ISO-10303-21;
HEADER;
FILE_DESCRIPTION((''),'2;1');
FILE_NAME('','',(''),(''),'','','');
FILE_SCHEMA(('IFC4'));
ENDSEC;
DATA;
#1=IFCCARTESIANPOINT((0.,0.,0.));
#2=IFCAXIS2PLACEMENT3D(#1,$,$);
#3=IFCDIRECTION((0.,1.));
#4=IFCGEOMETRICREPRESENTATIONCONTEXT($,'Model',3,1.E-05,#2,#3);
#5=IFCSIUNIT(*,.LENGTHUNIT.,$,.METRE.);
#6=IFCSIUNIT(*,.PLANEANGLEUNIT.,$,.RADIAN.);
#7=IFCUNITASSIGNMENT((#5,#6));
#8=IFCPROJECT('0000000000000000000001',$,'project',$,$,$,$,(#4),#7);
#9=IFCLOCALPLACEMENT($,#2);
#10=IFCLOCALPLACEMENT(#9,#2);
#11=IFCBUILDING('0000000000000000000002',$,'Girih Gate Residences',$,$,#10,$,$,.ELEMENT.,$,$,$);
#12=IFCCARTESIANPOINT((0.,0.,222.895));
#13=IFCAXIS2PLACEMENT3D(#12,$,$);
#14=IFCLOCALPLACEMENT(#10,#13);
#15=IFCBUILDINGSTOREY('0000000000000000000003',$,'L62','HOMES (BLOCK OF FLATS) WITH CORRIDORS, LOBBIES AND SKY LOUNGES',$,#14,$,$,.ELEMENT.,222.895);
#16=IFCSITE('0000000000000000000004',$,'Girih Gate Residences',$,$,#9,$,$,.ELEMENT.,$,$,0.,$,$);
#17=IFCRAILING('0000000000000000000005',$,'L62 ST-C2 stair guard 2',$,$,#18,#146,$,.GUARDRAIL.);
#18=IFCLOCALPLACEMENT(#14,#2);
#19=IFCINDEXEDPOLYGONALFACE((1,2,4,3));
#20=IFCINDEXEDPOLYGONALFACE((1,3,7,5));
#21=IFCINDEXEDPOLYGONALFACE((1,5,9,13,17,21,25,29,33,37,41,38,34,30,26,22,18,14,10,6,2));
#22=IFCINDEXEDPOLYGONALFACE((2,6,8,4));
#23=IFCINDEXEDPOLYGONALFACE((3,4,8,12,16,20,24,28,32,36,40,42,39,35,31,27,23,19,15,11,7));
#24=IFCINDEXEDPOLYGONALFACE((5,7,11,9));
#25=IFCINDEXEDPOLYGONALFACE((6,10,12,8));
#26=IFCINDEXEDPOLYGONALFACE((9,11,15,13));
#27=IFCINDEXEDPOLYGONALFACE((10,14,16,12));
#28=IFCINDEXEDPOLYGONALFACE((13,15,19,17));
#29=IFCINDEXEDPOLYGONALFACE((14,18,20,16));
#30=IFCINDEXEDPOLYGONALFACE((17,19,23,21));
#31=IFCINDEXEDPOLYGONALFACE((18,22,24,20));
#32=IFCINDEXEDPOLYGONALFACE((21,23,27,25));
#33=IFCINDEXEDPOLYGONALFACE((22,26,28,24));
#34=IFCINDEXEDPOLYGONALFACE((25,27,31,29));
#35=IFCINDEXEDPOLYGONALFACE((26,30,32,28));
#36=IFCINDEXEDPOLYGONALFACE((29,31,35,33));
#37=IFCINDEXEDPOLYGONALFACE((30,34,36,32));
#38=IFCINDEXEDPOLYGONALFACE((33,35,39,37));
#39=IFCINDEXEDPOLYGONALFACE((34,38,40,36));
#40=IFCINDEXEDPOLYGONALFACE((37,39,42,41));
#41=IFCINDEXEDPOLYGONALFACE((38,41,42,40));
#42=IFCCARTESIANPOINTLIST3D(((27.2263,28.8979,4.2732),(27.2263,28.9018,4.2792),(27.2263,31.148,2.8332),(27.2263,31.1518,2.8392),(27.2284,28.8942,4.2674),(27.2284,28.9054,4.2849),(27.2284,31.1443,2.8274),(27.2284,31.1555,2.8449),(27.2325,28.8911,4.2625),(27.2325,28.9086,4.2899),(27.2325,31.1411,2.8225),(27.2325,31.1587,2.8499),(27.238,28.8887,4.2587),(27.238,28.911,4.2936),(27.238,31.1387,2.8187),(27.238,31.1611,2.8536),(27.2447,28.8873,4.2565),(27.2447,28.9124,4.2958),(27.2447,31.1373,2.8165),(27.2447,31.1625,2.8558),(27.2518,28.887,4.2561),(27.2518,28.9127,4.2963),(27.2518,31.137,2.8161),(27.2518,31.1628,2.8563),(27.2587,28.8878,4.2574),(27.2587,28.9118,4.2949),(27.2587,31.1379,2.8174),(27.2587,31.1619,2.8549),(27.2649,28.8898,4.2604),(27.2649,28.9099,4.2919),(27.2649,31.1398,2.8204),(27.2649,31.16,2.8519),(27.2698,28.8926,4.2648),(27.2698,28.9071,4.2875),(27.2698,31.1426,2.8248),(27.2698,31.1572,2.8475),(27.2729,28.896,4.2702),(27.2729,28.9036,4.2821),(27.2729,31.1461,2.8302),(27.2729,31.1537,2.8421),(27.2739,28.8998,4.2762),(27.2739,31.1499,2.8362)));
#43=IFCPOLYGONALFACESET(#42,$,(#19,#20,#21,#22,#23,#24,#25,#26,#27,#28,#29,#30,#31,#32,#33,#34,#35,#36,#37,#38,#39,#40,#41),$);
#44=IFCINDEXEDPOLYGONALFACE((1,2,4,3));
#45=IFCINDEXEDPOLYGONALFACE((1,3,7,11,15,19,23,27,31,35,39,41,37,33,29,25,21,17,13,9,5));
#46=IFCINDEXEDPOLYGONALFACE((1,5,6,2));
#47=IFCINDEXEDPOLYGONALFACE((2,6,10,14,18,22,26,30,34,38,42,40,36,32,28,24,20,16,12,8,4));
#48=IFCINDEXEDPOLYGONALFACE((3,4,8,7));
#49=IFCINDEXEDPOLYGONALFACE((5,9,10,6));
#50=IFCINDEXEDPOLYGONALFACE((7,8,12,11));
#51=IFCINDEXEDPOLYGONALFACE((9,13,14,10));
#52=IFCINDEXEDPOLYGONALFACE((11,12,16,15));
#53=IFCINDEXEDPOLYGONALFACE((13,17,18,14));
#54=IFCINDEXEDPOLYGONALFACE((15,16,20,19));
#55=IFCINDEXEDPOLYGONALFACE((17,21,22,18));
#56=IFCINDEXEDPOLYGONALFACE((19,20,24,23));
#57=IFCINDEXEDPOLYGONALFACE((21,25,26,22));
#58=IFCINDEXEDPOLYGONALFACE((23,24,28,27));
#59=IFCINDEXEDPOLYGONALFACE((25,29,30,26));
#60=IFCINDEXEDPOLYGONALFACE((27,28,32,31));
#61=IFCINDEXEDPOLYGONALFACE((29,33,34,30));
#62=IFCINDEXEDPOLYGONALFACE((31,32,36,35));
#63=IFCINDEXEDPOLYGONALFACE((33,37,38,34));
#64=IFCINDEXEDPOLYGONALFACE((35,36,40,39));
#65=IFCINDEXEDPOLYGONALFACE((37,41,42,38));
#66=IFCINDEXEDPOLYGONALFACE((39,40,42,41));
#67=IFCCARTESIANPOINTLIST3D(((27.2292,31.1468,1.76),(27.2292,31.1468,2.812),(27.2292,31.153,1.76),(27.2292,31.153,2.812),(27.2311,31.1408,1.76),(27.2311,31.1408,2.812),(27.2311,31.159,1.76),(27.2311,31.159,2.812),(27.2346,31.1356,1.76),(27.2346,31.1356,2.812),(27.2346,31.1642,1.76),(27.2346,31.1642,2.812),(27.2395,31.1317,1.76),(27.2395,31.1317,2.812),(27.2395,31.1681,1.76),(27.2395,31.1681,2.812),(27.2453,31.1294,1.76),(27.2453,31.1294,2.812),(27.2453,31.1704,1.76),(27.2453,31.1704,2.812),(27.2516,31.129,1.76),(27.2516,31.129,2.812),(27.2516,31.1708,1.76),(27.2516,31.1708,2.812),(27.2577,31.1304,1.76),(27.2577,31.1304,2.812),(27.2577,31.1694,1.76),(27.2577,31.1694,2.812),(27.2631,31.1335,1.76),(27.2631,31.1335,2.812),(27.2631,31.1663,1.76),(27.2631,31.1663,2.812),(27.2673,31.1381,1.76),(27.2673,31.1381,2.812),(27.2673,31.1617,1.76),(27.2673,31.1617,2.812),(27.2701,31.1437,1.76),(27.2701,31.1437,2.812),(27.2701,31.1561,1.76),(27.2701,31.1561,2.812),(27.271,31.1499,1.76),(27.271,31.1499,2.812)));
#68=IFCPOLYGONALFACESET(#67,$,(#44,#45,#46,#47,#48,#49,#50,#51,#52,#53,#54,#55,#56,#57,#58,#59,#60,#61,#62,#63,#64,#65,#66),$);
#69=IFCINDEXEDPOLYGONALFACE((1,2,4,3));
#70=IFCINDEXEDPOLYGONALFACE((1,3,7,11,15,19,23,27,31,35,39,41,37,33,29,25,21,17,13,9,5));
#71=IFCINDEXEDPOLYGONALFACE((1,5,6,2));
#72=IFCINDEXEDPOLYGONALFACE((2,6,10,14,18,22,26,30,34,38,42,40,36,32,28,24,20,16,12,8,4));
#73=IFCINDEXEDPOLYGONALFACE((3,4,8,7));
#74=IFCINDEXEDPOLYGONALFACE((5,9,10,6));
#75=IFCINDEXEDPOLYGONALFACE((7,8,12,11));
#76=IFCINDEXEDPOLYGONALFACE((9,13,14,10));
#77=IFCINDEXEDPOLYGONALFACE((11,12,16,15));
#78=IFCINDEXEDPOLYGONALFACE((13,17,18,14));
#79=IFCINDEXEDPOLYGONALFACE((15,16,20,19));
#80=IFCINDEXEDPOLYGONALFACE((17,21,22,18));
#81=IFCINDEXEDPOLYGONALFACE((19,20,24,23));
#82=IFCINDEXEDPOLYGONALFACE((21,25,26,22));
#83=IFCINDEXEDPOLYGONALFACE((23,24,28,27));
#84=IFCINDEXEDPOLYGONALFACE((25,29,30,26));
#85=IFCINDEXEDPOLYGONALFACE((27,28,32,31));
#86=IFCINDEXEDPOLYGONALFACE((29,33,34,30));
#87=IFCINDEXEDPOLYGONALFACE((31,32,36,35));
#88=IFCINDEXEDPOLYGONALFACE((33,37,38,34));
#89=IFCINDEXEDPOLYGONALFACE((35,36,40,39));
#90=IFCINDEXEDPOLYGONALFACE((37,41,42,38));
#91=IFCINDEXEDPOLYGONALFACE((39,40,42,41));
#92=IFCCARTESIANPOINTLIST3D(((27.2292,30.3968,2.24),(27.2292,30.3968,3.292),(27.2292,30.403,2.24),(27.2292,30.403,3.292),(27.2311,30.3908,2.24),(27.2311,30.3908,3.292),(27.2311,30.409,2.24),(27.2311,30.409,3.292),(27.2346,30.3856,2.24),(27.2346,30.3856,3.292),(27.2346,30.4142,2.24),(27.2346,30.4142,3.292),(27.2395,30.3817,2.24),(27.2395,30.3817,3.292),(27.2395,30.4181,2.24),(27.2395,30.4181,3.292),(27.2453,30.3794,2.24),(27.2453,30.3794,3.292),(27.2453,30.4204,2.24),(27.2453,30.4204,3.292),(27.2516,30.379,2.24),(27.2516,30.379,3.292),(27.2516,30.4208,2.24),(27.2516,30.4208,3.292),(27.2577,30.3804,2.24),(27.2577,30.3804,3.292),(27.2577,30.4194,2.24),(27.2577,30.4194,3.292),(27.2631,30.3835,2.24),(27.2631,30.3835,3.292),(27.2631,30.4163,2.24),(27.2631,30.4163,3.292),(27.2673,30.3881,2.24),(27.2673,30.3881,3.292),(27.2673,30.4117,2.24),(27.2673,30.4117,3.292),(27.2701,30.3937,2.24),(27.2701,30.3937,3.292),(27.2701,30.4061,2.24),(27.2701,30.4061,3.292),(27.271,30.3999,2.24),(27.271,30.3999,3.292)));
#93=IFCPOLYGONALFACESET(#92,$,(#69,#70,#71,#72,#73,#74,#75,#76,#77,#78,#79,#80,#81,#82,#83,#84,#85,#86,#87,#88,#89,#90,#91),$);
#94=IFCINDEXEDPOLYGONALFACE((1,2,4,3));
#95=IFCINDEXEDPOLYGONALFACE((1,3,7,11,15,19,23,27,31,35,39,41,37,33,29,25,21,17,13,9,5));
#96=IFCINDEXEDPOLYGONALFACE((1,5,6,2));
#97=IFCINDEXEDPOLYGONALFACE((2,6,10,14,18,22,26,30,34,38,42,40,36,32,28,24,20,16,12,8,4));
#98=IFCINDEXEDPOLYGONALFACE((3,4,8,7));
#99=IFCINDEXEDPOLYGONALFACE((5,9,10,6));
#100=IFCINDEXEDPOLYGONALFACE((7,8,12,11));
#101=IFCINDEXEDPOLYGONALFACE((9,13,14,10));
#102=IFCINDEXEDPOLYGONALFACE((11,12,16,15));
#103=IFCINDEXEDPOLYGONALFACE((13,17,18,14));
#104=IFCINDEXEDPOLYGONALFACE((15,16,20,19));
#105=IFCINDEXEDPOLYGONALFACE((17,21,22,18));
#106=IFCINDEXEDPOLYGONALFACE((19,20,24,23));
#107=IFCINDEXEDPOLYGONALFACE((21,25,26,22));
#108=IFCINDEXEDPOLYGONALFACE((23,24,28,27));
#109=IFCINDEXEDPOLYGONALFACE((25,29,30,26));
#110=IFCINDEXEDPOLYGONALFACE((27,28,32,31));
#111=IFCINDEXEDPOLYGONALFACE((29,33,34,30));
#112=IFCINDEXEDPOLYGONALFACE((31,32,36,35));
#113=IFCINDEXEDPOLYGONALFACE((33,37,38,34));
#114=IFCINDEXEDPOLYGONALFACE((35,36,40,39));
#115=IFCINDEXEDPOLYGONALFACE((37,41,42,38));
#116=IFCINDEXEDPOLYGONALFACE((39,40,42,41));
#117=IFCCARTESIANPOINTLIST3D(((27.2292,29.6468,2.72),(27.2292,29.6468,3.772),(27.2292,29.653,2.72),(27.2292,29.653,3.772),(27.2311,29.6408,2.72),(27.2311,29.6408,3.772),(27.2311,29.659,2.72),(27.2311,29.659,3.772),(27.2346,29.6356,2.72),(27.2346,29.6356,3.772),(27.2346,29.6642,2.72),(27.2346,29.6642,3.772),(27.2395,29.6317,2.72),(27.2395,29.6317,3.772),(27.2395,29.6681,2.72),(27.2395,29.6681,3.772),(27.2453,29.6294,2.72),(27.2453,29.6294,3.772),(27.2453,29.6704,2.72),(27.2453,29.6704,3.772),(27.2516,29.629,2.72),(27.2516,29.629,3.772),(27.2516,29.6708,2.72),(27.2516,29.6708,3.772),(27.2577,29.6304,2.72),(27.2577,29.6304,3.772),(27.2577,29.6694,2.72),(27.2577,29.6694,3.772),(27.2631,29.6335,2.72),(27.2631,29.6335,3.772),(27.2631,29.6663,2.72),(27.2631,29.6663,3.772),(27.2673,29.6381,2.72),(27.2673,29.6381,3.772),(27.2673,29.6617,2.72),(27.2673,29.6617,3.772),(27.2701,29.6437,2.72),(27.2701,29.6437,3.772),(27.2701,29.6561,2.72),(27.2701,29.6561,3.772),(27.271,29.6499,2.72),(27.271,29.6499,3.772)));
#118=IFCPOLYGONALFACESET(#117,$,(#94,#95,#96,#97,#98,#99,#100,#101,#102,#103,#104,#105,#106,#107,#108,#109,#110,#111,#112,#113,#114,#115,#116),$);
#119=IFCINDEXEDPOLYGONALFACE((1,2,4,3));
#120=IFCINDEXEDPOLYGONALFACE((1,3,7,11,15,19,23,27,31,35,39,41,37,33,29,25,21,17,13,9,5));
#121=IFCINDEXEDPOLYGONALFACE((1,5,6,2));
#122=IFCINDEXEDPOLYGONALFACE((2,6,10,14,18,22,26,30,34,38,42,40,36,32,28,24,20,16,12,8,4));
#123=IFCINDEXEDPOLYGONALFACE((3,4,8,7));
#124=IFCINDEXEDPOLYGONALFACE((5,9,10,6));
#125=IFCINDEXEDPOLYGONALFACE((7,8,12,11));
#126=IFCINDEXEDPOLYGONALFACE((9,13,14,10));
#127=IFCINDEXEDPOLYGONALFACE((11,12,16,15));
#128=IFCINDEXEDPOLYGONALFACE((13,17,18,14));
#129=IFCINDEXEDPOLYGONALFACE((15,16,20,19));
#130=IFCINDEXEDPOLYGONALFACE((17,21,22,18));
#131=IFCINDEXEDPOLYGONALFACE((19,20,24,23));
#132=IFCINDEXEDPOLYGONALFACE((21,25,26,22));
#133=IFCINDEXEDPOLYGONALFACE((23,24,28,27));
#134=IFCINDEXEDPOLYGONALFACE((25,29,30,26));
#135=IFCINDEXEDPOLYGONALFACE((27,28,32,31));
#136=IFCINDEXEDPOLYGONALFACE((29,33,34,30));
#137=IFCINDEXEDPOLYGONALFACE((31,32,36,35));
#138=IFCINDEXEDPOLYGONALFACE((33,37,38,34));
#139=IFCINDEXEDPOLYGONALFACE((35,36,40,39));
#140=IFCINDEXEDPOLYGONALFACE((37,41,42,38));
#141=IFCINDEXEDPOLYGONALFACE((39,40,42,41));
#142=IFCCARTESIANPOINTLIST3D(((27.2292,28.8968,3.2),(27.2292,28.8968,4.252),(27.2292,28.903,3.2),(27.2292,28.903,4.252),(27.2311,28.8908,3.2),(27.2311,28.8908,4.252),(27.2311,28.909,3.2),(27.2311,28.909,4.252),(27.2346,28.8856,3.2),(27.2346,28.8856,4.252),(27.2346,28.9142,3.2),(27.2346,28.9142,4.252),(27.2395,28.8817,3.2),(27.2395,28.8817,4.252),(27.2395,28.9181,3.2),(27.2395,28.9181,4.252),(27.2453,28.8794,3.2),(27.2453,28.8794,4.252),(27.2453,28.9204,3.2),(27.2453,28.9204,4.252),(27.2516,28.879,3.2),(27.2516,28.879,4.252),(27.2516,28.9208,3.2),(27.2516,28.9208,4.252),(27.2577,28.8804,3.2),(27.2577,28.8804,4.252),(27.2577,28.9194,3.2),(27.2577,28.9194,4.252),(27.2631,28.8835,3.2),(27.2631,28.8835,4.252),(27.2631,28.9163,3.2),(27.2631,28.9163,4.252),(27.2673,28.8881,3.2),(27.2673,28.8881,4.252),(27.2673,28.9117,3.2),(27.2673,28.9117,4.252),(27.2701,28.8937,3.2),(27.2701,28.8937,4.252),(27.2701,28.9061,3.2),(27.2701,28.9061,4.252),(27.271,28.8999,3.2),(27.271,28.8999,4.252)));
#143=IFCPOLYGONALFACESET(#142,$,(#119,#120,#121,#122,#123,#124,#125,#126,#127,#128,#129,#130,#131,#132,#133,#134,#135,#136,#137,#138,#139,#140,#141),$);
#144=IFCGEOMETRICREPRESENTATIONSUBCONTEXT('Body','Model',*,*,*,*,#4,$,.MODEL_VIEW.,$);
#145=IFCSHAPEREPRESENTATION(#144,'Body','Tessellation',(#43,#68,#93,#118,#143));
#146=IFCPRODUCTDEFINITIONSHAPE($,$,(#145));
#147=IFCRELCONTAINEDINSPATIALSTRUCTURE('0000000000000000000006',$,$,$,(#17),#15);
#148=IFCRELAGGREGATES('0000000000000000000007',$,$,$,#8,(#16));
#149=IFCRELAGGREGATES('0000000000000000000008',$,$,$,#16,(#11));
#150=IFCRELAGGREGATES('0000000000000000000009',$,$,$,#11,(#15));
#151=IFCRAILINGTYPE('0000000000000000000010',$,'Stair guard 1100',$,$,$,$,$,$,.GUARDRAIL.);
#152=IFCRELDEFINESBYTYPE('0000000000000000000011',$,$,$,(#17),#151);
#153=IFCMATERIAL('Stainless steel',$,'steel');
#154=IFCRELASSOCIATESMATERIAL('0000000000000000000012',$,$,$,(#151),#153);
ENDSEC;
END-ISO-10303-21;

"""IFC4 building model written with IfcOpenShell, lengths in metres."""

from ifc_helpers import new_model, si_unit, direction, frame, origin, origin_2d, place, context, subcontext, project, spatial, circle, extrude, material, type_object, element, save


model = new_model("IFC4")

# Units and contexts
model_context = context("Model", 3, precision=1e-05, world=origin(), true_north=direction((0.0, 1.0)))
body_context = subcontext(model_context, "Body", "Model", "MODEL_VIEW")
ifc_project = project(units=[si_unit("LENGTHUNIT", "METRE"), si_unit("PLANEANGLEUNIT", "RADIAN")], contexts=[model_context])

# Site, building, storey
site_placement = place(None, origin())
site = spatial("IfcSite", under=ifc_project, at=site_placement, Name="Girih Gate Residences", CompositionType="ELEMENT", RefElevation=0.0)
building_placement = place(site_placement, origin())
building = spatial("IfcBuilding", under=site, at=building_placement, Name="Girih Gate Residences", CompositionType="ELEMENT")
storey_placement = place(building_placement, frame((0.0, 0.0, 222.895)))
storey = spatial("IfcBuildingStorey", under=building, at=storey_placement, Name="L62", Description="HOMES (BLOCK OF FLATS) WITH CORRIDORS, LOBBIES AND SKY LOUNGES", CompositionType="ELEMENT", Elevation=222.895)

# Railing
ifc_material_1 = material(Name="Stainless steel", Category="steel")
railing_type_1 = type_object("IfcRailingType", Name="Stair guard 1100", PredefinedType="GUARDRAIL", material=ifc_material_1)
railing_1_placement = place(storey_placement, frame((27.25, 31.1499, 1.76)))
element("IfcRailing", 1, at=railing_1_placement, inside=storey, type_object=railing_type_1, Name="L62 ST-C2 stair guard 2", PredefinedType="GUARDRAIL", context=body_context, shape_type="SweptSolid", body=[
    extrude(circle(Radius=0.0239, at=origin_2d()), frame((0.0, 0.0, 1.0762), z_axis=(0.0, -0.842281, 0.539038), x_axis=(1.0, 0.0, 0.0)), (0.0, 0.0, 1.0), 2.6714),
    extrude(circle(Radius=0.021, at=origin_2d()), origin(), (0.0, 0.0, 1.0), 1.052),
    extrude(circle(Radius=0.021, at=origin_2d()), frame((0.0, -0.75, 0.48)), (0.0, 0.0, 1.0), 1.052),
    extrude(circle(Radius=0.021, at=origin_2d()), frame((0.0, -1.5, 0.96)), (0.0, 0.0, 1.0), 1.052),
    extrude(circle(Radius=0.021, at=origin_2d()), frame((0.0, -2.25, 1.4399)), (0.0, 0.0, 1.0), 1.052),
])

save(model, "model.ifc")
